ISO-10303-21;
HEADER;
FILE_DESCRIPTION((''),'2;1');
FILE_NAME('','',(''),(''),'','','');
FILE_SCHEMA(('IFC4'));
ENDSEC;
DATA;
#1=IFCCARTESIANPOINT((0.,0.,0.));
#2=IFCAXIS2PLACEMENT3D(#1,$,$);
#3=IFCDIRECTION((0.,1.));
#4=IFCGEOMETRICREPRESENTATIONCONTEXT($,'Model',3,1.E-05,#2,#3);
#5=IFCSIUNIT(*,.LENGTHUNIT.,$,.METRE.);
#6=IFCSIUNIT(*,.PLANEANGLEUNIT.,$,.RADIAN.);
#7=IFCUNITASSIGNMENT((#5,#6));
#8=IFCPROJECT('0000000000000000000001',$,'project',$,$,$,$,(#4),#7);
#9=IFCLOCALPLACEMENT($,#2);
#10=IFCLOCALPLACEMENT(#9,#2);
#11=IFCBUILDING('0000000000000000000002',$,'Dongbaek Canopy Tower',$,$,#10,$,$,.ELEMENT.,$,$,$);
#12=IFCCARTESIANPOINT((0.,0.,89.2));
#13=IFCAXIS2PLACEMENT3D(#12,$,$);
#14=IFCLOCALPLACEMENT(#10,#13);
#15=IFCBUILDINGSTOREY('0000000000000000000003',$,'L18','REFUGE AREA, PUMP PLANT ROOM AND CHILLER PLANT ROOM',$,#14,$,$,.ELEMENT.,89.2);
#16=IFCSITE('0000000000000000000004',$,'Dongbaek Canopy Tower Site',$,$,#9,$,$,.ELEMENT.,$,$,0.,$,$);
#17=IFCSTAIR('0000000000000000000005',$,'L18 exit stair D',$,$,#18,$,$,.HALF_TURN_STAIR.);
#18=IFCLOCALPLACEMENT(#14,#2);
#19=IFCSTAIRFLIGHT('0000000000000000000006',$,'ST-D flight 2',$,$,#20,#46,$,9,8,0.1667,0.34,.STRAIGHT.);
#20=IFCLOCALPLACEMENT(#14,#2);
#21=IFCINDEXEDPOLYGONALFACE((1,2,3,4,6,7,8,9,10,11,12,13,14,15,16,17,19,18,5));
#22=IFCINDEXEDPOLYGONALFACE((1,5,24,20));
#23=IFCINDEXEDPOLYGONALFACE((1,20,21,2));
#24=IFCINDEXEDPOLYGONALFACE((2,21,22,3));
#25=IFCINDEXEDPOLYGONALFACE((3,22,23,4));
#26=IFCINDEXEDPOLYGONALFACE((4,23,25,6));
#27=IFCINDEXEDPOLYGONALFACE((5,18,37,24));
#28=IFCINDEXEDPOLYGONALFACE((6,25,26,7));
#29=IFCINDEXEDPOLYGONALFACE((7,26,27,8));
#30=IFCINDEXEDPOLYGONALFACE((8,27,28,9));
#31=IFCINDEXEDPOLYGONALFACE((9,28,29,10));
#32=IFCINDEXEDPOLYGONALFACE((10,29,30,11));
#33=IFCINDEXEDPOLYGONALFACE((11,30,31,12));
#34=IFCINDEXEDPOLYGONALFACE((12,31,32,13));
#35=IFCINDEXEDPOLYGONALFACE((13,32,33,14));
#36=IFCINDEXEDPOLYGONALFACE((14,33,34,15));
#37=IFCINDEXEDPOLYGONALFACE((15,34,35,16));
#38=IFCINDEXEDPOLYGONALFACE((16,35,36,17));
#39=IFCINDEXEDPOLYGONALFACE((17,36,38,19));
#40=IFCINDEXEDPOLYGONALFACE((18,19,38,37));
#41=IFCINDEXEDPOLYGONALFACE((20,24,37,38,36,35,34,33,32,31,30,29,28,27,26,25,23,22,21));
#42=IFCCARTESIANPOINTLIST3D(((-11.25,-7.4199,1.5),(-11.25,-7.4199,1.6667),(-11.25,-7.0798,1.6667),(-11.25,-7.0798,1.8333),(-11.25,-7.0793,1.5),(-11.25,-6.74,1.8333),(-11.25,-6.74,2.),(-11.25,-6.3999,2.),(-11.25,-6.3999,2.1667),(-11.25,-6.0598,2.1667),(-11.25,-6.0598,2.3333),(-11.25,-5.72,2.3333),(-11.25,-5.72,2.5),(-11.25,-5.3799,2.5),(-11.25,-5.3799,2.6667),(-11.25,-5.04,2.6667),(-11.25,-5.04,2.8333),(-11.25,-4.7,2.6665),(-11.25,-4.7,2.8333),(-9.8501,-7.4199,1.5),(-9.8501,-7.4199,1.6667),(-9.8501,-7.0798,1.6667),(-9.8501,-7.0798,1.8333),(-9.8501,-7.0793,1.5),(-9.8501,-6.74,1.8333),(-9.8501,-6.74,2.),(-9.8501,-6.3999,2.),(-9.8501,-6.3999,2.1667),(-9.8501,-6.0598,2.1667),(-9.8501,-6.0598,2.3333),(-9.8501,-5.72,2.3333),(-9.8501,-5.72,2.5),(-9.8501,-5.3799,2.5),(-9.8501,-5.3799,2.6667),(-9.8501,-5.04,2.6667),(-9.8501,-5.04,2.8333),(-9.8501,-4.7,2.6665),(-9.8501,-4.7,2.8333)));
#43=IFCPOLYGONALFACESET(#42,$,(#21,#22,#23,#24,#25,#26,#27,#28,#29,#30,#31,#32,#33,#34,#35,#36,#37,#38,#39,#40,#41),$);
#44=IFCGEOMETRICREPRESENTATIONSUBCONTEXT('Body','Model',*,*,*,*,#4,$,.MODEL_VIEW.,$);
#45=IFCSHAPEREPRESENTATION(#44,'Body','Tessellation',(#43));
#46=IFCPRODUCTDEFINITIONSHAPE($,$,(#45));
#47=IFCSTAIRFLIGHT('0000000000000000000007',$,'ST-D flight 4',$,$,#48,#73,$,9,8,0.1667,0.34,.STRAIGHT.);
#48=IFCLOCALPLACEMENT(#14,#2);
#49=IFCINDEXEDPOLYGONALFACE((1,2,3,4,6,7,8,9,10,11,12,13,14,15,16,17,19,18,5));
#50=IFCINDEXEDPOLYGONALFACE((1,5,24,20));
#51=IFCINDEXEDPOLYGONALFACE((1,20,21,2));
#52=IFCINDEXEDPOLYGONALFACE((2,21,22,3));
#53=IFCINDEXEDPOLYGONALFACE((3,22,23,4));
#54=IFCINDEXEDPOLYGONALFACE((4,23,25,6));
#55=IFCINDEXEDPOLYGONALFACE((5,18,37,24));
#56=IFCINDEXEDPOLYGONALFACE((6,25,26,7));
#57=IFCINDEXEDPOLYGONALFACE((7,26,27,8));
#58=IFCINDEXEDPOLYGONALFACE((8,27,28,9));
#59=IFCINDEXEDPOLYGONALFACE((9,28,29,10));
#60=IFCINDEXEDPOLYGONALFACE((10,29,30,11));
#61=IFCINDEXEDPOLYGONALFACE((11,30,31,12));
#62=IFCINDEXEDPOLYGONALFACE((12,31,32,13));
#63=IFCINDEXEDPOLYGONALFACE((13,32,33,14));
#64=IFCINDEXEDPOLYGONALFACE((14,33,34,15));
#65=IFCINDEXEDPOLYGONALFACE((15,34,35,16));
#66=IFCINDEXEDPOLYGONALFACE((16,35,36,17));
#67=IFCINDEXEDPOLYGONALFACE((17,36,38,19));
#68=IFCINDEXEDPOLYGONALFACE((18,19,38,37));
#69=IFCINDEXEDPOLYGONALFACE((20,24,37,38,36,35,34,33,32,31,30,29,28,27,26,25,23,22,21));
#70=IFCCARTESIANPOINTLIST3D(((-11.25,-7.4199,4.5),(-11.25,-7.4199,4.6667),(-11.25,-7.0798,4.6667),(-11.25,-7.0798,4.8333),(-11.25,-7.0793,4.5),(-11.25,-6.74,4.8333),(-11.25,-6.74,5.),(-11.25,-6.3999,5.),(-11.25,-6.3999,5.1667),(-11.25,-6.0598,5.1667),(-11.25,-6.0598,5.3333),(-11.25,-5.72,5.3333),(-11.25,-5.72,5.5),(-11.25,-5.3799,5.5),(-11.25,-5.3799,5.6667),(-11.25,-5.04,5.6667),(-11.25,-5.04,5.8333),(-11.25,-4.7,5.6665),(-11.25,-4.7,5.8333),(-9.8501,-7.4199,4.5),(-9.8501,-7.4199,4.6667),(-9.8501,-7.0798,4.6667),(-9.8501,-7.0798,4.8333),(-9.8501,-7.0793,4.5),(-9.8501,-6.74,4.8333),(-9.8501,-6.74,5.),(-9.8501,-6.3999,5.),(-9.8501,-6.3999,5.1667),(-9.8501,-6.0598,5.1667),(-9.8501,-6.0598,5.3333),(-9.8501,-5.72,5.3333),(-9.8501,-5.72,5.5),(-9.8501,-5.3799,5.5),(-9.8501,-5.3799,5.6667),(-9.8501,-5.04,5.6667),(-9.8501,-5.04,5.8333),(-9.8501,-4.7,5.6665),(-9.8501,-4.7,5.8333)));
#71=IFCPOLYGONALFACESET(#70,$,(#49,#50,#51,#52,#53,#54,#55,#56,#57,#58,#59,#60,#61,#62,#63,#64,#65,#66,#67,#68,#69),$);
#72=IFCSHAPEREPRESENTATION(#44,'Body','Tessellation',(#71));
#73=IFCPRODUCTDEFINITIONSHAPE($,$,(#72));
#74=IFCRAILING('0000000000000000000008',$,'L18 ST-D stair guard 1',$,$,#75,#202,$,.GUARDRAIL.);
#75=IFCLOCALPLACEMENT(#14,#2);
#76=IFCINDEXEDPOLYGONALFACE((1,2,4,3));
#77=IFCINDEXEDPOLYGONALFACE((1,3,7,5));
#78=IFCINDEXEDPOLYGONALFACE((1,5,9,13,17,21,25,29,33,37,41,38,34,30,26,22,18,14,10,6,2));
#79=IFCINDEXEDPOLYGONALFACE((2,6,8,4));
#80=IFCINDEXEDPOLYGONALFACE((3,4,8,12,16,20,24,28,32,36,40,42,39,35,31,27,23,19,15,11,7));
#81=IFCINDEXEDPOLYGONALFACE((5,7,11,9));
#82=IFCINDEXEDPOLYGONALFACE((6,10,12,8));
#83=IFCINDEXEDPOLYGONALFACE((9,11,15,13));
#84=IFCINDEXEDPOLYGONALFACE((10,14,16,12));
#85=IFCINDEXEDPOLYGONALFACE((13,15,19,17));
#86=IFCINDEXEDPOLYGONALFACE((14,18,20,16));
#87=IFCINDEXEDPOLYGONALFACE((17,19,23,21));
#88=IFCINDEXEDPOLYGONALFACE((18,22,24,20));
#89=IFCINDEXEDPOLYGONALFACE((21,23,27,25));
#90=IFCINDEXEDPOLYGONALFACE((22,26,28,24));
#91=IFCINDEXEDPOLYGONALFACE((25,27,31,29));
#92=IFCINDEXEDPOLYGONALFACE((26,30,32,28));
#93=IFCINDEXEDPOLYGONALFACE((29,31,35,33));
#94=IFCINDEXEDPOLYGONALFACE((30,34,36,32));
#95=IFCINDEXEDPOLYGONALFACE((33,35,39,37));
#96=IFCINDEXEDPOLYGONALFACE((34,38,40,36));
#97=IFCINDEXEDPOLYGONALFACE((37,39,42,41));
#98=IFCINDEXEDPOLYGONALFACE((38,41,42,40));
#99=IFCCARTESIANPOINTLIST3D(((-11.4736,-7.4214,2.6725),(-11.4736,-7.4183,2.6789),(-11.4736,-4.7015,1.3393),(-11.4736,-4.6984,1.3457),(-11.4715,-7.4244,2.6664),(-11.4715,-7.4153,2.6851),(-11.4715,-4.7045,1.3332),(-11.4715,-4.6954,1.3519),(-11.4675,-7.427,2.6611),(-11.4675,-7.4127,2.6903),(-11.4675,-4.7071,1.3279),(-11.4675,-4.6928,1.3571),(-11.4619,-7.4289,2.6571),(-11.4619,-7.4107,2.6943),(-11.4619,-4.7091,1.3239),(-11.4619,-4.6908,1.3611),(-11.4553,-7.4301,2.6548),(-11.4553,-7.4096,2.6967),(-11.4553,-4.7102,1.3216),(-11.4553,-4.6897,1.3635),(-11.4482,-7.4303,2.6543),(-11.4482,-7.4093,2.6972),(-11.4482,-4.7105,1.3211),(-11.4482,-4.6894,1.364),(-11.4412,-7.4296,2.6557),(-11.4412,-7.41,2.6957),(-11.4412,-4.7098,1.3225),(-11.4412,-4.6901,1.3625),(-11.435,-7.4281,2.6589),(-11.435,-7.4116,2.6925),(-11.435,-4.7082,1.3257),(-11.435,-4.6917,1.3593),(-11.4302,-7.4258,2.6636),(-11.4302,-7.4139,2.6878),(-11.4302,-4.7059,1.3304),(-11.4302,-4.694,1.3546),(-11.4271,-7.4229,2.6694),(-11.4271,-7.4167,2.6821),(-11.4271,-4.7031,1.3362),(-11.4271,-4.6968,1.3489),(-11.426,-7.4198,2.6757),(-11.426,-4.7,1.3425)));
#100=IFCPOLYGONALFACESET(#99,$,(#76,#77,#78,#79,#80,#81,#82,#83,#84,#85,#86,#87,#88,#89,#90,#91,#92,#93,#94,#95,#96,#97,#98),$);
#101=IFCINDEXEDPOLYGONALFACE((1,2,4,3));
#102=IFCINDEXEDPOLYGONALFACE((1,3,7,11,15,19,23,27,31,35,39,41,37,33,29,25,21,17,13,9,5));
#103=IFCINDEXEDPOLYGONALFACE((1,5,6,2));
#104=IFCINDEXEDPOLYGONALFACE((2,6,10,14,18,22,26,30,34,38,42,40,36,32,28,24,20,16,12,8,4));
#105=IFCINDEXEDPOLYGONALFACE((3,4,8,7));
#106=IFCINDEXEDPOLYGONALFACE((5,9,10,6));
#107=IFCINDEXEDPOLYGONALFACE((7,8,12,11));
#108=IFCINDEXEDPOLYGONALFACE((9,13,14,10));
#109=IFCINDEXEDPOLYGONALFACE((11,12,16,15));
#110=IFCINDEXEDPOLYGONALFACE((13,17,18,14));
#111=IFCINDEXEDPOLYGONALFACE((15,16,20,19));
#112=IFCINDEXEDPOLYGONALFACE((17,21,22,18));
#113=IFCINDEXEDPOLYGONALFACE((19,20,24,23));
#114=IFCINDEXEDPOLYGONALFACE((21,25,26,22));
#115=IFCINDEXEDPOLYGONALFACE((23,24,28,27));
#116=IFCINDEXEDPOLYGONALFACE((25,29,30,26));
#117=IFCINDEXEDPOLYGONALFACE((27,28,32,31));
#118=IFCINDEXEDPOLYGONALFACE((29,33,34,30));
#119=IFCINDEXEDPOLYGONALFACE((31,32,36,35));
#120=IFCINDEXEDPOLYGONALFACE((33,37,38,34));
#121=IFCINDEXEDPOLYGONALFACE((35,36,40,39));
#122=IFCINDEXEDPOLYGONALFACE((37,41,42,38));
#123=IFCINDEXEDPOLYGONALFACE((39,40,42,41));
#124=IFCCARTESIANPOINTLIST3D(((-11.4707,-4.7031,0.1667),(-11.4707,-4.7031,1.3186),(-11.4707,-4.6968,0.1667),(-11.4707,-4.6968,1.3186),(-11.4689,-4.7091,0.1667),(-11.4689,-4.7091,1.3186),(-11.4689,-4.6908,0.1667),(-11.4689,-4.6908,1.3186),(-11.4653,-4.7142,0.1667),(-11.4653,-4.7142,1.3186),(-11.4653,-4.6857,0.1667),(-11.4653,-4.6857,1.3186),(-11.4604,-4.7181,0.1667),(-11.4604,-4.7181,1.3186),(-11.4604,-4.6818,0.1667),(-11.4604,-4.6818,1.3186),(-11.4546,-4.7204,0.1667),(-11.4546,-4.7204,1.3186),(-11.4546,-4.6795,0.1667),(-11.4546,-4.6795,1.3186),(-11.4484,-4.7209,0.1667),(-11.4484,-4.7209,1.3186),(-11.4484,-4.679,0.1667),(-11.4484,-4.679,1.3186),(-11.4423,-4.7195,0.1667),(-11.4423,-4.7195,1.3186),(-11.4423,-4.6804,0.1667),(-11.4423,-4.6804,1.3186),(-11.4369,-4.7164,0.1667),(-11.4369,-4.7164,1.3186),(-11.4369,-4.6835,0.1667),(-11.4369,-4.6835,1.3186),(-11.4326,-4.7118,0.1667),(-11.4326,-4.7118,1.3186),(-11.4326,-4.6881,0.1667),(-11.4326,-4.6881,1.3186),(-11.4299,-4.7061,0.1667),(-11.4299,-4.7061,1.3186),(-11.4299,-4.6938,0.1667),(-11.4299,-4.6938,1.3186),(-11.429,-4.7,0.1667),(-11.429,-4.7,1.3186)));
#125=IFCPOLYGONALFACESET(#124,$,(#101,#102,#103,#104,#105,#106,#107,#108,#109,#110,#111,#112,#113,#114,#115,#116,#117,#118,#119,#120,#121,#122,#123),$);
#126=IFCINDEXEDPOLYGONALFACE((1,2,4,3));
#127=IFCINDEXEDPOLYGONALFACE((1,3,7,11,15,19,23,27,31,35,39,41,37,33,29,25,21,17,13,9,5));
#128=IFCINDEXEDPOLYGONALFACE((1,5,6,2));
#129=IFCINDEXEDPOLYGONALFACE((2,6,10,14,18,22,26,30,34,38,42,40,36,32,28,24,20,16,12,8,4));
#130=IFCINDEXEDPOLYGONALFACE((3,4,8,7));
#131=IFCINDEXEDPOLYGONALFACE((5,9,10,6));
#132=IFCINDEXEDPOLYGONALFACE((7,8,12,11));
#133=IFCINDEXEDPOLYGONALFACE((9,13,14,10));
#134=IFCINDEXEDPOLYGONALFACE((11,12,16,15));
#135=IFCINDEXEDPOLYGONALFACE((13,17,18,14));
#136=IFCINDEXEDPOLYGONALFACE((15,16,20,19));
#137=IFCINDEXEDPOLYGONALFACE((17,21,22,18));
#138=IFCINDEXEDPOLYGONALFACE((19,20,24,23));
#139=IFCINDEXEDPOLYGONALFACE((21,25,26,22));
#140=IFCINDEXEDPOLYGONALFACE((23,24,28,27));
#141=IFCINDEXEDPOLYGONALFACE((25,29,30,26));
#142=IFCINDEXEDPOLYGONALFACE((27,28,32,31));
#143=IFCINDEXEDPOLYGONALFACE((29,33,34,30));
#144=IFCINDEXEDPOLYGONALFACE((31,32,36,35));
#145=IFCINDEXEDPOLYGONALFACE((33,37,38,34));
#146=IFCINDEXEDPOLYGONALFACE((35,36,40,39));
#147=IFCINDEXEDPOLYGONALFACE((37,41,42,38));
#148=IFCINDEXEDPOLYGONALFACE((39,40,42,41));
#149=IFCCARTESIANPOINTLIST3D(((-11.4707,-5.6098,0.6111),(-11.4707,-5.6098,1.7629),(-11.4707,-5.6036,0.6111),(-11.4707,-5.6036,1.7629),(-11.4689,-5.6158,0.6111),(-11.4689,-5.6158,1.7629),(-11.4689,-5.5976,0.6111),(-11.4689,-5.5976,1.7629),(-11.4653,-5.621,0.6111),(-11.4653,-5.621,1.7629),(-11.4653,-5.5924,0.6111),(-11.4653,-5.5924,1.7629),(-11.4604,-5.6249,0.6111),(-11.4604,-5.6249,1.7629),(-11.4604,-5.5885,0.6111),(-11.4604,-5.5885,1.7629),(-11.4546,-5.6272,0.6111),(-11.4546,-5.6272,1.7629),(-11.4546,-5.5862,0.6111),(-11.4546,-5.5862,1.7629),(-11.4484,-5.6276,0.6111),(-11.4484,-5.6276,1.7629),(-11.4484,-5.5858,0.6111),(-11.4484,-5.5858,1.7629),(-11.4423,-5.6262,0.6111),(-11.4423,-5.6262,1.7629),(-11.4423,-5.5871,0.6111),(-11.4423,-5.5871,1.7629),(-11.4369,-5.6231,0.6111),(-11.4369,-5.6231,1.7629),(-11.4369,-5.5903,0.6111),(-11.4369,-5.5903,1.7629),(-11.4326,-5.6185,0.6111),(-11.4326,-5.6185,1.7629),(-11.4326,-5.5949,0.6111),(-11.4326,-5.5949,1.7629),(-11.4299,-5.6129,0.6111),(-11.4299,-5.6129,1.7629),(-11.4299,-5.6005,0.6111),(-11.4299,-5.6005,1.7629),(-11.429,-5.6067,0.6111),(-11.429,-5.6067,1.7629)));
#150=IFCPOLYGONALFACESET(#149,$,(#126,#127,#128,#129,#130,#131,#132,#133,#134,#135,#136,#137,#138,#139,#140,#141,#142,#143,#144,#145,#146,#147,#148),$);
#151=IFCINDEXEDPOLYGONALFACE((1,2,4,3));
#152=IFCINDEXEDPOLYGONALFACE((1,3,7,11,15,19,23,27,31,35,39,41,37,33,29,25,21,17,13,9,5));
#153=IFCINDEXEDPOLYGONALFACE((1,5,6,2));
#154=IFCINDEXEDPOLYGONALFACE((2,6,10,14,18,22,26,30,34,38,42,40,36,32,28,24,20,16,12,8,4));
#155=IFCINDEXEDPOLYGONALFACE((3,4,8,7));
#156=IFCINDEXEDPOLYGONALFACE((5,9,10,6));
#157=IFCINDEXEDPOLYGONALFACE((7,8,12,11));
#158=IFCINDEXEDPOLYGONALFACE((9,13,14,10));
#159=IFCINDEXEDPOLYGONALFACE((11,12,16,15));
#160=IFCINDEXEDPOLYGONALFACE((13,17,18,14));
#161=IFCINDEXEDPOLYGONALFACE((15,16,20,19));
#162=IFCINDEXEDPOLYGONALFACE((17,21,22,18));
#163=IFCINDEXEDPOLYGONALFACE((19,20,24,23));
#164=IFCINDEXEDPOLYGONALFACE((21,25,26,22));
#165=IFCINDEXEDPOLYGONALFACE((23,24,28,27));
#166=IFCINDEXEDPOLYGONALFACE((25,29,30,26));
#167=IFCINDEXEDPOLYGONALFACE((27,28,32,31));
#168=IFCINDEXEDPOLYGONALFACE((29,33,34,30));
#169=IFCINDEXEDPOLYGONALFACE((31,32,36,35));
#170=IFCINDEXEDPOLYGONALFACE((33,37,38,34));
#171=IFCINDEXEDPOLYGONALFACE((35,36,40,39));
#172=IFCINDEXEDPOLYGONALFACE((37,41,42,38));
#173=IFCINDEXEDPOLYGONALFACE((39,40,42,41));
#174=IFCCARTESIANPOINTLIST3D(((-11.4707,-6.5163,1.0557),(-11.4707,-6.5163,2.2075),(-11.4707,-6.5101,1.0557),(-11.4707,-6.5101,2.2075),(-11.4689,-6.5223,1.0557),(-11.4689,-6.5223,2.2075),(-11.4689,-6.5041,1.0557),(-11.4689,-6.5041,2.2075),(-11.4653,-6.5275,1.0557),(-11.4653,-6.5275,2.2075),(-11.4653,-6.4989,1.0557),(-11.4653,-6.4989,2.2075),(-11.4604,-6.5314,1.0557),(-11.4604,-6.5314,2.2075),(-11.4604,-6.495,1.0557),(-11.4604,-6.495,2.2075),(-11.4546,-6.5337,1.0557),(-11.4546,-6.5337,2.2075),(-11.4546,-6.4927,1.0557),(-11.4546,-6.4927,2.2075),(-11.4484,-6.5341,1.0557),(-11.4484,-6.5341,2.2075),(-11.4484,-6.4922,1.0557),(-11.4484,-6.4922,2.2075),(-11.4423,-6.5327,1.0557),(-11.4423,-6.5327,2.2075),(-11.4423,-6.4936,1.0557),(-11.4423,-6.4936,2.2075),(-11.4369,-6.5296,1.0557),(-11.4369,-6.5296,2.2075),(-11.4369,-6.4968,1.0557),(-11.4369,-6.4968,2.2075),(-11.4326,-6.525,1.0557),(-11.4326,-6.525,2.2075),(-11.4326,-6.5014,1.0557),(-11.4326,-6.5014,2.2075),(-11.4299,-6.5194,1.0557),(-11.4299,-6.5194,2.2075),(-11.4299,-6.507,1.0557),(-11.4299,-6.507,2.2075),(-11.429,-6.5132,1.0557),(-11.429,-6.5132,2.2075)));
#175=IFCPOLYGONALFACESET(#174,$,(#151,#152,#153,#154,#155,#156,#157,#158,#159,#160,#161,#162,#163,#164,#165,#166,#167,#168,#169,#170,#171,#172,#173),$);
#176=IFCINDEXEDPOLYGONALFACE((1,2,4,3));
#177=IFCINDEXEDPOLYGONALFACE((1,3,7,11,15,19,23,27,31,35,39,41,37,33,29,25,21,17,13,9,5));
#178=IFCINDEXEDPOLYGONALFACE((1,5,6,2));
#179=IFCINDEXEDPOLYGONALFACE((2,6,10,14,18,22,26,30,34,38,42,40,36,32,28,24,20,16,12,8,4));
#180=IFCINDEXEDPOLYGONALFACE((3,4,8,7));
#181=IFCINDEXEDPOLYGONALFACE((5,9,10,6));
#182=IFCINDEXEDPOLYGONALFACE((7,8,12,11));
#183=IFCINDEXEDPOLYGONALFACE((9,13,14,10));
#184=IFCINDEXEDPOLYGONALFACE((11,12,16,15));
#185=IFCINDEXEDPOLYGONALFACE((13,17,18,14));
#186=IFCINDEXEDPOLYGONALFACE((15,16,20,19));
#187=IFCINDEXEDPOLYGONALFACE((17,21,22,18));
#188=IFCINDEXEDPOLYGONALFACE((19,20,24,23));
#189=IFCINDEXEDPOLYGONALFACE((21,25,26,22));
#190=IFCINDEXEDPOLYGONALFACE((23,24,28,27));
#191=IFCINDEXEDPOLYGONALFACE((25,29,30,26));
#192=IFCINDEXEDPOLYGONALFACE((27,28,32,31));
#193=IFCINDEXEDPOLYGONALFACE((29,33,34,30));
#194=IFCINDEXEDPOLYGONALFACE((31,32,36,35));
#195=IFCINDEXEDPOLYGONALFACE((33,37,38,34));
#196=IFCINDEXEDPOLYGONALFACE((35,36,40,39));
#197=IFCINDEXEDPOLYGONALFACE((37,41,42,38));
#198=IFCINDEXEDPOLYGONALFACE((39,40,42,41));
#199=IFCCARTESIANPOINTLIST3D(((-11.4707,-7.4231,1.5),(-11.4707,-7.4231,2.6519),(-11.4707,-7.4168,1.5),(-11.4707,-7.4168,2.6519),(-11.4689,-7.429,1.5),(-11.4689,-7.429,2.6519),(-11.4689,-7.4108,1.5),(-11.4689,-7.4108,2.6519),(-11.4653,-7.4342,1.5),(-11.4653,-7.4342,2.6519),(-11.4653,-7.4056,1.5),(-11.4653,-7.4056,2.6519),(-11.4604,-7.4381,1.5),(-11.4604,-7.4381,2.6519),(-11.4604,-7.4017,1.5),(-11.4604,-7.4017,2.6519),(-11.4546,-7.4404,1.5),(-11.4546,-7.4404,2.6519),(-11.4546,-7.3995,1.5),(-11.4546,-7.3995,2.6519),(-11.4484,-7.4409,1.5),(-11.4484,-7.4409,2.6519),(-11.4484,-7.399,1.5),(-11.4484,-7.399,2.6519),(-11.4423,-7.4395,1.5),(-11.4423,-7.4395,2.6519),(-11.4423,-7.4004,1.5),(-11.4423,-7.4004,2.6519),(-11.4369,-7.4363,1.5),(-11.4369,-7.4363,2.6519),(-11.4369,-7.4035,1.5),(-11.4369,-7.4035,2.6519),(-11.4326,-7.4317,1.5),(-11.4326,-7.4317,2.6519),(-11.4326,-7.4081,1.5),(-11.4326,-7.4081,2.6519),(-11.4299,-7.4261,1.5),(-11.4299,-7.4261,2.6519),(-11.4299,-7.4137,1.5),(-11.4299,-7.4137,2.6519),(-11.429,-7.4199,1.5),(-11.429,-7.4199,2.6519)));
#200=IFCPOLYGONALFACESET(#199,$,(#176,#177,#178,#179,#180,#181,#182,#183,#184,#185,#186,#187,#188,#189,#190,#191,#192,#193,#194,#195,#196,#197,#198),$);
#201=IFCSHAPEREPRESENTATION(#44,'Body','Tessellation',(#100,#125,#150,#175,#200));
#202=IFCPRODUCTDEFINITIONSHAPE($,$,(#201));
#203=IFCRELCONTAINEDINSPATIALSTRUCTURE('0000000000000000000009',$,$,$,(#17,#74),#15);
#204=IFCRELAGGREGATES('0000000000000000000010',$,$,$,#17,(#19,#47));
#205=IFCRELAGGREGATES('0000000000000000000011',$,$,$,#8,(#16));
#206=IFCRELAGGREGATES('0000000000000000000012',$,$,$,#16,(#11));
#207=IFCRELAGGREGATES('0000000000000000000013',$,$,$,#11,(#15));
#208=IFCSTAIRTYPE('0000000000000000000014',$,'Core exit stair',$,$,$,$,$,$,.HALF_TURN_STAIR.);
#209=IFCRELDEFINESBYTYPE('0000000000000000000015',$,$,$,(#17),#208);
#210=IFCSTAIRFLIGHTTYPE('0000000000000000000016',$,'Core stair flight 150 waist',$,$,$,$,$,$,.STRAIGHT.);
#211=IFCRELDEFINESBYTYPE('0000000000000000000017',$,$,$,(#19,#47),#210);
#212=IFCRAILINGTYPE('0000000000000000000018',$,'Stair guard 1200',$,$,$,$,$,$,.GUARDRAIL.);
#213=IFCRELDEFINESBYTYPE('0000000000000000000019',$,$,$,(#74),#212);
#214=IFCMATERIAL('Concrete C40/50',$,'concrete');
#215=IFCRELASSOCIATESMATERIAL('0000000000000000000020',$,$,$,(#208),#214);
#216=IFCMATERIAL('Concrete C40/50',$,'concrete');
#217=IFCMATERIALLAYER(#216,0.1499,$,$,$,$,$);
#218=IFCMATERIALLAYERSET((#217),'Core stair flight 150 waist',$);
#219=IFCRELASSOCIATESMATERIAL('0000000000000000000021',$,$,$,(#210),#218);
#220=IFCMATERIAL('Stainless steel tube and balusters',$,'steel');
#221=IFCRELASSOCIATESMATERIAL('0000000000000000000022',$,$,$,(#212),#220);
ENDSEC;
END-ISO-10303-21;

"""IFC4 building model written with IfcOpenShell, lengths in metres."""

from ifc_helpers import new_model, si_unit, direction, frame, origin, origin_2d, place, context, subcontext, project, spatial, polyline, circle, outline, extrude, material, layer, layer_set, type_object, element, aggregate, save


model = new_model("IFC4")

# Units and contexts
model_context = context("Model", 3, precision=1e-05, world=origin(), true_north=direction((0.0, 1.0)))
body_context = subcontext(model_context, "Body", "Model", "MODEL_VIEW")
ifc_project = project(units=[si_unit("LENGTHUNIT", "METRE"), si_unit("PLANEANGLEUNIT", "RADIAN")], contexts=[model_context])

# Site, building, storey
site_placement = place(None, origin())
site = spatial("IfcSite", under=ifc_project, at=site_placement, Name="Dongbaek Canopy Tower Site", CompositionType="ELEMENT", RefElevation=0.0)
building_placement = place(site_placement, origin())
building = spatial("IfcBuilding", under=site, at=building_placement, Name="Dongbaek Canopy Tower", CompositionType="ELEMENT")
storey_placement = place(building_placement, frame((0.0, 0.0, 89.2)))
storey = spatial("IfcBuildingStorey", under=building, at=storey_placement, Name="L18", Description="REFUGE AREA, PUMP PLANT ROOM AND CHILLER PLANT ROOM", CompositionType="ELEMENT", Elevation=89.2)

# Stair, stair flights
ifc_material_1 = material(Name="Concrete C40/50", Category="concrete")
stair_type = type_object("IfcStairType", Name="Core exit stair", PredefinedType="HALF_TURN_STAIR", material=ifc_material_1)
stair_placement = place(storey_placement, origin())
stair = element("IfcStair", 1, at=stair_placement, inside=storey, type_object=stair_type, Name="L18 exit stair D", PredefinedType="HALF_TURN_STAIR")
ifc_material_2 = material(Name="Concrete C40/50", Category="concrete")
ifc_layer_1 = layer(ifc_material_2, 0.1499)
ifc_layer_set_1 = layer_set([ifc_layer_1], Name="Core stair flight 150 waist")
stair_flight_type = type_object("IfcStairFlightType", Name="Core stair flight 150 waist", PredefinedType="STRAIGHT", material=ifc_layer_set_1)
stair_flight_1_placement = place(storey_placement, frame((-10.55, -7.4199, 1.5), z_axis=(0.0, 0.0, 1.0), x_axis=(0.0, 1.0, 0.0)))
stair_flight_1 = element("IfcStairFlight", 2, at=stair_flight_1_placement, type_object=stair_flight_type, Name="ST-D flight 2", NumberOfRisers=9, NumberOfTreads=8, PredefinedType="STRAIGHT", RiserHeight=0.1667, TreadLength=0.34, context=body_context, shape_type="SweptSolid", body=[
    extrude(outline(polyline([(0.0, 0.0), (0.0, 0.1667), (0.3401, 0.1667), (0.3401, 0.3333), (0.6799, 0.3333), (0.6799, 0.5), (1.02, 0.5), (1.02, 0.6667), (1.3601, 0.6667), (1.3601, 0.8333), (1.7, 0.8333), (1.7, 1.0), (2.04, 1.0), (2.04, 1.1667), (2.3799, 1.1667), (2.3799, 1.3333), (2.72, 1.3333), (2.72, 1.5), (2.72, 1.1665), (0.3406, 0.0), (0.0, 0.0)])), frame((0.0, 0.7, 0.0), z_axis=(0.0, -1.0, 0.0), x_axis=(1.0, 0.0, 0.0)), (0.0, 0.0, 1.0), 1.3999),
])
stair_flight_2_placement = place(storey_placement, frame((-10.55, -7.4199, 4.5), z_axis=(0.0, 0.0, 1.0), x_axis=(0.0, 1.0, 0.0)))
stair_flight_2 = element("IfcStairFlight", 3, at=stair_flight_2_placement, type_object=stair_flight_type, Name="ST-D flight 4", NumberOfRisers=9, NumberOfTreads=8, PredefinedType="STRAIGHT", RiserHeight=0.1667, TreadLength=0.34, context=body_context, shape_type="SweptSolid", body=[
    extrude(outline(polyline([(0.0, 0.0), (0.0, 0.1667), (0.3401, 0.1667), (0.3401, 0.3333), (0.6799, 0.3333), (0.6799, 0.5), (1.02, 0.5), (1.02, 0.6667), (1.3601, 0.6667), (1.3601, 0.8333), (1.7, 0.8333), (1.7, 1.0), (2.04, 1.0), (2.04, 1.1667), (2.3799, 1.1667), (2.3799, 1.3333), (2.72, 1.3333), (2.72, 1.5), (2.72, 1.1665), (0.3406, 0.0), (0.0, 0.0)])), frame((0.0, 0.7, 0.0), z_axis=(0.0, -1.0, 0.0), x_axis=(1.0, 0.0, 0.0)), (0.0, 0.0, 1.0), 1.3999),
])
aggregate(stair, [stair_flight_1, stair_flight_2])

# Railing
ifc_material_3 = material(Name="Stainless steel tube and balusters", Category="steel")
railing_type_1 = type_object("IfcRailingType", Name="Stair guard 1200", PredefinedType="GUARDRAIL", material=ifc_material_3)
railing_1_placement = place(storey_placement, frame((-11.45, -4.7, 0.1667)))
element("IfcRailing", 4, at=railing_1_placement, inside=storey, type_object=railing_type_1, Name="L18 ST-D stair guard 1", PredefinedType="GUARDRAIL", context=body_context, shape_type="SweptSolid", body=[
    extrude(circle(Radius=0.0239, at=origin_2d()), frame((0.0, 0.0, 1.1758), z_axis=(0.0, -0.897929, 0.440139), x_axis=(1.0, 0.0, 0.0)), (0.0, 0.0, 1.0), 3.0291),
    extrude(circle(Radius=0.021, at=origin_2d()), origin(), (0.0, 0.0, 1.0), 1.1519),
    extrude(circle(Radius=0.021, at=origin_2d()), frame((0.0, -0.9067, 0.4443)), (0.0, 0.0, 1.0), 1.1519),
    extrude(circle(Radius=0.021, at=origin_2d()), frame((0.0, -1.8132, 0.8889)), (0.0, 0.0, 1.0), 1.1519),
    extrude(circle(Radius=0.021, at=origin_2d()), frame((0.0, -2.72, 1.3333)), (0.0, 0.0, 1.0), 1.1519),
])

save(model, "model.ifc")
